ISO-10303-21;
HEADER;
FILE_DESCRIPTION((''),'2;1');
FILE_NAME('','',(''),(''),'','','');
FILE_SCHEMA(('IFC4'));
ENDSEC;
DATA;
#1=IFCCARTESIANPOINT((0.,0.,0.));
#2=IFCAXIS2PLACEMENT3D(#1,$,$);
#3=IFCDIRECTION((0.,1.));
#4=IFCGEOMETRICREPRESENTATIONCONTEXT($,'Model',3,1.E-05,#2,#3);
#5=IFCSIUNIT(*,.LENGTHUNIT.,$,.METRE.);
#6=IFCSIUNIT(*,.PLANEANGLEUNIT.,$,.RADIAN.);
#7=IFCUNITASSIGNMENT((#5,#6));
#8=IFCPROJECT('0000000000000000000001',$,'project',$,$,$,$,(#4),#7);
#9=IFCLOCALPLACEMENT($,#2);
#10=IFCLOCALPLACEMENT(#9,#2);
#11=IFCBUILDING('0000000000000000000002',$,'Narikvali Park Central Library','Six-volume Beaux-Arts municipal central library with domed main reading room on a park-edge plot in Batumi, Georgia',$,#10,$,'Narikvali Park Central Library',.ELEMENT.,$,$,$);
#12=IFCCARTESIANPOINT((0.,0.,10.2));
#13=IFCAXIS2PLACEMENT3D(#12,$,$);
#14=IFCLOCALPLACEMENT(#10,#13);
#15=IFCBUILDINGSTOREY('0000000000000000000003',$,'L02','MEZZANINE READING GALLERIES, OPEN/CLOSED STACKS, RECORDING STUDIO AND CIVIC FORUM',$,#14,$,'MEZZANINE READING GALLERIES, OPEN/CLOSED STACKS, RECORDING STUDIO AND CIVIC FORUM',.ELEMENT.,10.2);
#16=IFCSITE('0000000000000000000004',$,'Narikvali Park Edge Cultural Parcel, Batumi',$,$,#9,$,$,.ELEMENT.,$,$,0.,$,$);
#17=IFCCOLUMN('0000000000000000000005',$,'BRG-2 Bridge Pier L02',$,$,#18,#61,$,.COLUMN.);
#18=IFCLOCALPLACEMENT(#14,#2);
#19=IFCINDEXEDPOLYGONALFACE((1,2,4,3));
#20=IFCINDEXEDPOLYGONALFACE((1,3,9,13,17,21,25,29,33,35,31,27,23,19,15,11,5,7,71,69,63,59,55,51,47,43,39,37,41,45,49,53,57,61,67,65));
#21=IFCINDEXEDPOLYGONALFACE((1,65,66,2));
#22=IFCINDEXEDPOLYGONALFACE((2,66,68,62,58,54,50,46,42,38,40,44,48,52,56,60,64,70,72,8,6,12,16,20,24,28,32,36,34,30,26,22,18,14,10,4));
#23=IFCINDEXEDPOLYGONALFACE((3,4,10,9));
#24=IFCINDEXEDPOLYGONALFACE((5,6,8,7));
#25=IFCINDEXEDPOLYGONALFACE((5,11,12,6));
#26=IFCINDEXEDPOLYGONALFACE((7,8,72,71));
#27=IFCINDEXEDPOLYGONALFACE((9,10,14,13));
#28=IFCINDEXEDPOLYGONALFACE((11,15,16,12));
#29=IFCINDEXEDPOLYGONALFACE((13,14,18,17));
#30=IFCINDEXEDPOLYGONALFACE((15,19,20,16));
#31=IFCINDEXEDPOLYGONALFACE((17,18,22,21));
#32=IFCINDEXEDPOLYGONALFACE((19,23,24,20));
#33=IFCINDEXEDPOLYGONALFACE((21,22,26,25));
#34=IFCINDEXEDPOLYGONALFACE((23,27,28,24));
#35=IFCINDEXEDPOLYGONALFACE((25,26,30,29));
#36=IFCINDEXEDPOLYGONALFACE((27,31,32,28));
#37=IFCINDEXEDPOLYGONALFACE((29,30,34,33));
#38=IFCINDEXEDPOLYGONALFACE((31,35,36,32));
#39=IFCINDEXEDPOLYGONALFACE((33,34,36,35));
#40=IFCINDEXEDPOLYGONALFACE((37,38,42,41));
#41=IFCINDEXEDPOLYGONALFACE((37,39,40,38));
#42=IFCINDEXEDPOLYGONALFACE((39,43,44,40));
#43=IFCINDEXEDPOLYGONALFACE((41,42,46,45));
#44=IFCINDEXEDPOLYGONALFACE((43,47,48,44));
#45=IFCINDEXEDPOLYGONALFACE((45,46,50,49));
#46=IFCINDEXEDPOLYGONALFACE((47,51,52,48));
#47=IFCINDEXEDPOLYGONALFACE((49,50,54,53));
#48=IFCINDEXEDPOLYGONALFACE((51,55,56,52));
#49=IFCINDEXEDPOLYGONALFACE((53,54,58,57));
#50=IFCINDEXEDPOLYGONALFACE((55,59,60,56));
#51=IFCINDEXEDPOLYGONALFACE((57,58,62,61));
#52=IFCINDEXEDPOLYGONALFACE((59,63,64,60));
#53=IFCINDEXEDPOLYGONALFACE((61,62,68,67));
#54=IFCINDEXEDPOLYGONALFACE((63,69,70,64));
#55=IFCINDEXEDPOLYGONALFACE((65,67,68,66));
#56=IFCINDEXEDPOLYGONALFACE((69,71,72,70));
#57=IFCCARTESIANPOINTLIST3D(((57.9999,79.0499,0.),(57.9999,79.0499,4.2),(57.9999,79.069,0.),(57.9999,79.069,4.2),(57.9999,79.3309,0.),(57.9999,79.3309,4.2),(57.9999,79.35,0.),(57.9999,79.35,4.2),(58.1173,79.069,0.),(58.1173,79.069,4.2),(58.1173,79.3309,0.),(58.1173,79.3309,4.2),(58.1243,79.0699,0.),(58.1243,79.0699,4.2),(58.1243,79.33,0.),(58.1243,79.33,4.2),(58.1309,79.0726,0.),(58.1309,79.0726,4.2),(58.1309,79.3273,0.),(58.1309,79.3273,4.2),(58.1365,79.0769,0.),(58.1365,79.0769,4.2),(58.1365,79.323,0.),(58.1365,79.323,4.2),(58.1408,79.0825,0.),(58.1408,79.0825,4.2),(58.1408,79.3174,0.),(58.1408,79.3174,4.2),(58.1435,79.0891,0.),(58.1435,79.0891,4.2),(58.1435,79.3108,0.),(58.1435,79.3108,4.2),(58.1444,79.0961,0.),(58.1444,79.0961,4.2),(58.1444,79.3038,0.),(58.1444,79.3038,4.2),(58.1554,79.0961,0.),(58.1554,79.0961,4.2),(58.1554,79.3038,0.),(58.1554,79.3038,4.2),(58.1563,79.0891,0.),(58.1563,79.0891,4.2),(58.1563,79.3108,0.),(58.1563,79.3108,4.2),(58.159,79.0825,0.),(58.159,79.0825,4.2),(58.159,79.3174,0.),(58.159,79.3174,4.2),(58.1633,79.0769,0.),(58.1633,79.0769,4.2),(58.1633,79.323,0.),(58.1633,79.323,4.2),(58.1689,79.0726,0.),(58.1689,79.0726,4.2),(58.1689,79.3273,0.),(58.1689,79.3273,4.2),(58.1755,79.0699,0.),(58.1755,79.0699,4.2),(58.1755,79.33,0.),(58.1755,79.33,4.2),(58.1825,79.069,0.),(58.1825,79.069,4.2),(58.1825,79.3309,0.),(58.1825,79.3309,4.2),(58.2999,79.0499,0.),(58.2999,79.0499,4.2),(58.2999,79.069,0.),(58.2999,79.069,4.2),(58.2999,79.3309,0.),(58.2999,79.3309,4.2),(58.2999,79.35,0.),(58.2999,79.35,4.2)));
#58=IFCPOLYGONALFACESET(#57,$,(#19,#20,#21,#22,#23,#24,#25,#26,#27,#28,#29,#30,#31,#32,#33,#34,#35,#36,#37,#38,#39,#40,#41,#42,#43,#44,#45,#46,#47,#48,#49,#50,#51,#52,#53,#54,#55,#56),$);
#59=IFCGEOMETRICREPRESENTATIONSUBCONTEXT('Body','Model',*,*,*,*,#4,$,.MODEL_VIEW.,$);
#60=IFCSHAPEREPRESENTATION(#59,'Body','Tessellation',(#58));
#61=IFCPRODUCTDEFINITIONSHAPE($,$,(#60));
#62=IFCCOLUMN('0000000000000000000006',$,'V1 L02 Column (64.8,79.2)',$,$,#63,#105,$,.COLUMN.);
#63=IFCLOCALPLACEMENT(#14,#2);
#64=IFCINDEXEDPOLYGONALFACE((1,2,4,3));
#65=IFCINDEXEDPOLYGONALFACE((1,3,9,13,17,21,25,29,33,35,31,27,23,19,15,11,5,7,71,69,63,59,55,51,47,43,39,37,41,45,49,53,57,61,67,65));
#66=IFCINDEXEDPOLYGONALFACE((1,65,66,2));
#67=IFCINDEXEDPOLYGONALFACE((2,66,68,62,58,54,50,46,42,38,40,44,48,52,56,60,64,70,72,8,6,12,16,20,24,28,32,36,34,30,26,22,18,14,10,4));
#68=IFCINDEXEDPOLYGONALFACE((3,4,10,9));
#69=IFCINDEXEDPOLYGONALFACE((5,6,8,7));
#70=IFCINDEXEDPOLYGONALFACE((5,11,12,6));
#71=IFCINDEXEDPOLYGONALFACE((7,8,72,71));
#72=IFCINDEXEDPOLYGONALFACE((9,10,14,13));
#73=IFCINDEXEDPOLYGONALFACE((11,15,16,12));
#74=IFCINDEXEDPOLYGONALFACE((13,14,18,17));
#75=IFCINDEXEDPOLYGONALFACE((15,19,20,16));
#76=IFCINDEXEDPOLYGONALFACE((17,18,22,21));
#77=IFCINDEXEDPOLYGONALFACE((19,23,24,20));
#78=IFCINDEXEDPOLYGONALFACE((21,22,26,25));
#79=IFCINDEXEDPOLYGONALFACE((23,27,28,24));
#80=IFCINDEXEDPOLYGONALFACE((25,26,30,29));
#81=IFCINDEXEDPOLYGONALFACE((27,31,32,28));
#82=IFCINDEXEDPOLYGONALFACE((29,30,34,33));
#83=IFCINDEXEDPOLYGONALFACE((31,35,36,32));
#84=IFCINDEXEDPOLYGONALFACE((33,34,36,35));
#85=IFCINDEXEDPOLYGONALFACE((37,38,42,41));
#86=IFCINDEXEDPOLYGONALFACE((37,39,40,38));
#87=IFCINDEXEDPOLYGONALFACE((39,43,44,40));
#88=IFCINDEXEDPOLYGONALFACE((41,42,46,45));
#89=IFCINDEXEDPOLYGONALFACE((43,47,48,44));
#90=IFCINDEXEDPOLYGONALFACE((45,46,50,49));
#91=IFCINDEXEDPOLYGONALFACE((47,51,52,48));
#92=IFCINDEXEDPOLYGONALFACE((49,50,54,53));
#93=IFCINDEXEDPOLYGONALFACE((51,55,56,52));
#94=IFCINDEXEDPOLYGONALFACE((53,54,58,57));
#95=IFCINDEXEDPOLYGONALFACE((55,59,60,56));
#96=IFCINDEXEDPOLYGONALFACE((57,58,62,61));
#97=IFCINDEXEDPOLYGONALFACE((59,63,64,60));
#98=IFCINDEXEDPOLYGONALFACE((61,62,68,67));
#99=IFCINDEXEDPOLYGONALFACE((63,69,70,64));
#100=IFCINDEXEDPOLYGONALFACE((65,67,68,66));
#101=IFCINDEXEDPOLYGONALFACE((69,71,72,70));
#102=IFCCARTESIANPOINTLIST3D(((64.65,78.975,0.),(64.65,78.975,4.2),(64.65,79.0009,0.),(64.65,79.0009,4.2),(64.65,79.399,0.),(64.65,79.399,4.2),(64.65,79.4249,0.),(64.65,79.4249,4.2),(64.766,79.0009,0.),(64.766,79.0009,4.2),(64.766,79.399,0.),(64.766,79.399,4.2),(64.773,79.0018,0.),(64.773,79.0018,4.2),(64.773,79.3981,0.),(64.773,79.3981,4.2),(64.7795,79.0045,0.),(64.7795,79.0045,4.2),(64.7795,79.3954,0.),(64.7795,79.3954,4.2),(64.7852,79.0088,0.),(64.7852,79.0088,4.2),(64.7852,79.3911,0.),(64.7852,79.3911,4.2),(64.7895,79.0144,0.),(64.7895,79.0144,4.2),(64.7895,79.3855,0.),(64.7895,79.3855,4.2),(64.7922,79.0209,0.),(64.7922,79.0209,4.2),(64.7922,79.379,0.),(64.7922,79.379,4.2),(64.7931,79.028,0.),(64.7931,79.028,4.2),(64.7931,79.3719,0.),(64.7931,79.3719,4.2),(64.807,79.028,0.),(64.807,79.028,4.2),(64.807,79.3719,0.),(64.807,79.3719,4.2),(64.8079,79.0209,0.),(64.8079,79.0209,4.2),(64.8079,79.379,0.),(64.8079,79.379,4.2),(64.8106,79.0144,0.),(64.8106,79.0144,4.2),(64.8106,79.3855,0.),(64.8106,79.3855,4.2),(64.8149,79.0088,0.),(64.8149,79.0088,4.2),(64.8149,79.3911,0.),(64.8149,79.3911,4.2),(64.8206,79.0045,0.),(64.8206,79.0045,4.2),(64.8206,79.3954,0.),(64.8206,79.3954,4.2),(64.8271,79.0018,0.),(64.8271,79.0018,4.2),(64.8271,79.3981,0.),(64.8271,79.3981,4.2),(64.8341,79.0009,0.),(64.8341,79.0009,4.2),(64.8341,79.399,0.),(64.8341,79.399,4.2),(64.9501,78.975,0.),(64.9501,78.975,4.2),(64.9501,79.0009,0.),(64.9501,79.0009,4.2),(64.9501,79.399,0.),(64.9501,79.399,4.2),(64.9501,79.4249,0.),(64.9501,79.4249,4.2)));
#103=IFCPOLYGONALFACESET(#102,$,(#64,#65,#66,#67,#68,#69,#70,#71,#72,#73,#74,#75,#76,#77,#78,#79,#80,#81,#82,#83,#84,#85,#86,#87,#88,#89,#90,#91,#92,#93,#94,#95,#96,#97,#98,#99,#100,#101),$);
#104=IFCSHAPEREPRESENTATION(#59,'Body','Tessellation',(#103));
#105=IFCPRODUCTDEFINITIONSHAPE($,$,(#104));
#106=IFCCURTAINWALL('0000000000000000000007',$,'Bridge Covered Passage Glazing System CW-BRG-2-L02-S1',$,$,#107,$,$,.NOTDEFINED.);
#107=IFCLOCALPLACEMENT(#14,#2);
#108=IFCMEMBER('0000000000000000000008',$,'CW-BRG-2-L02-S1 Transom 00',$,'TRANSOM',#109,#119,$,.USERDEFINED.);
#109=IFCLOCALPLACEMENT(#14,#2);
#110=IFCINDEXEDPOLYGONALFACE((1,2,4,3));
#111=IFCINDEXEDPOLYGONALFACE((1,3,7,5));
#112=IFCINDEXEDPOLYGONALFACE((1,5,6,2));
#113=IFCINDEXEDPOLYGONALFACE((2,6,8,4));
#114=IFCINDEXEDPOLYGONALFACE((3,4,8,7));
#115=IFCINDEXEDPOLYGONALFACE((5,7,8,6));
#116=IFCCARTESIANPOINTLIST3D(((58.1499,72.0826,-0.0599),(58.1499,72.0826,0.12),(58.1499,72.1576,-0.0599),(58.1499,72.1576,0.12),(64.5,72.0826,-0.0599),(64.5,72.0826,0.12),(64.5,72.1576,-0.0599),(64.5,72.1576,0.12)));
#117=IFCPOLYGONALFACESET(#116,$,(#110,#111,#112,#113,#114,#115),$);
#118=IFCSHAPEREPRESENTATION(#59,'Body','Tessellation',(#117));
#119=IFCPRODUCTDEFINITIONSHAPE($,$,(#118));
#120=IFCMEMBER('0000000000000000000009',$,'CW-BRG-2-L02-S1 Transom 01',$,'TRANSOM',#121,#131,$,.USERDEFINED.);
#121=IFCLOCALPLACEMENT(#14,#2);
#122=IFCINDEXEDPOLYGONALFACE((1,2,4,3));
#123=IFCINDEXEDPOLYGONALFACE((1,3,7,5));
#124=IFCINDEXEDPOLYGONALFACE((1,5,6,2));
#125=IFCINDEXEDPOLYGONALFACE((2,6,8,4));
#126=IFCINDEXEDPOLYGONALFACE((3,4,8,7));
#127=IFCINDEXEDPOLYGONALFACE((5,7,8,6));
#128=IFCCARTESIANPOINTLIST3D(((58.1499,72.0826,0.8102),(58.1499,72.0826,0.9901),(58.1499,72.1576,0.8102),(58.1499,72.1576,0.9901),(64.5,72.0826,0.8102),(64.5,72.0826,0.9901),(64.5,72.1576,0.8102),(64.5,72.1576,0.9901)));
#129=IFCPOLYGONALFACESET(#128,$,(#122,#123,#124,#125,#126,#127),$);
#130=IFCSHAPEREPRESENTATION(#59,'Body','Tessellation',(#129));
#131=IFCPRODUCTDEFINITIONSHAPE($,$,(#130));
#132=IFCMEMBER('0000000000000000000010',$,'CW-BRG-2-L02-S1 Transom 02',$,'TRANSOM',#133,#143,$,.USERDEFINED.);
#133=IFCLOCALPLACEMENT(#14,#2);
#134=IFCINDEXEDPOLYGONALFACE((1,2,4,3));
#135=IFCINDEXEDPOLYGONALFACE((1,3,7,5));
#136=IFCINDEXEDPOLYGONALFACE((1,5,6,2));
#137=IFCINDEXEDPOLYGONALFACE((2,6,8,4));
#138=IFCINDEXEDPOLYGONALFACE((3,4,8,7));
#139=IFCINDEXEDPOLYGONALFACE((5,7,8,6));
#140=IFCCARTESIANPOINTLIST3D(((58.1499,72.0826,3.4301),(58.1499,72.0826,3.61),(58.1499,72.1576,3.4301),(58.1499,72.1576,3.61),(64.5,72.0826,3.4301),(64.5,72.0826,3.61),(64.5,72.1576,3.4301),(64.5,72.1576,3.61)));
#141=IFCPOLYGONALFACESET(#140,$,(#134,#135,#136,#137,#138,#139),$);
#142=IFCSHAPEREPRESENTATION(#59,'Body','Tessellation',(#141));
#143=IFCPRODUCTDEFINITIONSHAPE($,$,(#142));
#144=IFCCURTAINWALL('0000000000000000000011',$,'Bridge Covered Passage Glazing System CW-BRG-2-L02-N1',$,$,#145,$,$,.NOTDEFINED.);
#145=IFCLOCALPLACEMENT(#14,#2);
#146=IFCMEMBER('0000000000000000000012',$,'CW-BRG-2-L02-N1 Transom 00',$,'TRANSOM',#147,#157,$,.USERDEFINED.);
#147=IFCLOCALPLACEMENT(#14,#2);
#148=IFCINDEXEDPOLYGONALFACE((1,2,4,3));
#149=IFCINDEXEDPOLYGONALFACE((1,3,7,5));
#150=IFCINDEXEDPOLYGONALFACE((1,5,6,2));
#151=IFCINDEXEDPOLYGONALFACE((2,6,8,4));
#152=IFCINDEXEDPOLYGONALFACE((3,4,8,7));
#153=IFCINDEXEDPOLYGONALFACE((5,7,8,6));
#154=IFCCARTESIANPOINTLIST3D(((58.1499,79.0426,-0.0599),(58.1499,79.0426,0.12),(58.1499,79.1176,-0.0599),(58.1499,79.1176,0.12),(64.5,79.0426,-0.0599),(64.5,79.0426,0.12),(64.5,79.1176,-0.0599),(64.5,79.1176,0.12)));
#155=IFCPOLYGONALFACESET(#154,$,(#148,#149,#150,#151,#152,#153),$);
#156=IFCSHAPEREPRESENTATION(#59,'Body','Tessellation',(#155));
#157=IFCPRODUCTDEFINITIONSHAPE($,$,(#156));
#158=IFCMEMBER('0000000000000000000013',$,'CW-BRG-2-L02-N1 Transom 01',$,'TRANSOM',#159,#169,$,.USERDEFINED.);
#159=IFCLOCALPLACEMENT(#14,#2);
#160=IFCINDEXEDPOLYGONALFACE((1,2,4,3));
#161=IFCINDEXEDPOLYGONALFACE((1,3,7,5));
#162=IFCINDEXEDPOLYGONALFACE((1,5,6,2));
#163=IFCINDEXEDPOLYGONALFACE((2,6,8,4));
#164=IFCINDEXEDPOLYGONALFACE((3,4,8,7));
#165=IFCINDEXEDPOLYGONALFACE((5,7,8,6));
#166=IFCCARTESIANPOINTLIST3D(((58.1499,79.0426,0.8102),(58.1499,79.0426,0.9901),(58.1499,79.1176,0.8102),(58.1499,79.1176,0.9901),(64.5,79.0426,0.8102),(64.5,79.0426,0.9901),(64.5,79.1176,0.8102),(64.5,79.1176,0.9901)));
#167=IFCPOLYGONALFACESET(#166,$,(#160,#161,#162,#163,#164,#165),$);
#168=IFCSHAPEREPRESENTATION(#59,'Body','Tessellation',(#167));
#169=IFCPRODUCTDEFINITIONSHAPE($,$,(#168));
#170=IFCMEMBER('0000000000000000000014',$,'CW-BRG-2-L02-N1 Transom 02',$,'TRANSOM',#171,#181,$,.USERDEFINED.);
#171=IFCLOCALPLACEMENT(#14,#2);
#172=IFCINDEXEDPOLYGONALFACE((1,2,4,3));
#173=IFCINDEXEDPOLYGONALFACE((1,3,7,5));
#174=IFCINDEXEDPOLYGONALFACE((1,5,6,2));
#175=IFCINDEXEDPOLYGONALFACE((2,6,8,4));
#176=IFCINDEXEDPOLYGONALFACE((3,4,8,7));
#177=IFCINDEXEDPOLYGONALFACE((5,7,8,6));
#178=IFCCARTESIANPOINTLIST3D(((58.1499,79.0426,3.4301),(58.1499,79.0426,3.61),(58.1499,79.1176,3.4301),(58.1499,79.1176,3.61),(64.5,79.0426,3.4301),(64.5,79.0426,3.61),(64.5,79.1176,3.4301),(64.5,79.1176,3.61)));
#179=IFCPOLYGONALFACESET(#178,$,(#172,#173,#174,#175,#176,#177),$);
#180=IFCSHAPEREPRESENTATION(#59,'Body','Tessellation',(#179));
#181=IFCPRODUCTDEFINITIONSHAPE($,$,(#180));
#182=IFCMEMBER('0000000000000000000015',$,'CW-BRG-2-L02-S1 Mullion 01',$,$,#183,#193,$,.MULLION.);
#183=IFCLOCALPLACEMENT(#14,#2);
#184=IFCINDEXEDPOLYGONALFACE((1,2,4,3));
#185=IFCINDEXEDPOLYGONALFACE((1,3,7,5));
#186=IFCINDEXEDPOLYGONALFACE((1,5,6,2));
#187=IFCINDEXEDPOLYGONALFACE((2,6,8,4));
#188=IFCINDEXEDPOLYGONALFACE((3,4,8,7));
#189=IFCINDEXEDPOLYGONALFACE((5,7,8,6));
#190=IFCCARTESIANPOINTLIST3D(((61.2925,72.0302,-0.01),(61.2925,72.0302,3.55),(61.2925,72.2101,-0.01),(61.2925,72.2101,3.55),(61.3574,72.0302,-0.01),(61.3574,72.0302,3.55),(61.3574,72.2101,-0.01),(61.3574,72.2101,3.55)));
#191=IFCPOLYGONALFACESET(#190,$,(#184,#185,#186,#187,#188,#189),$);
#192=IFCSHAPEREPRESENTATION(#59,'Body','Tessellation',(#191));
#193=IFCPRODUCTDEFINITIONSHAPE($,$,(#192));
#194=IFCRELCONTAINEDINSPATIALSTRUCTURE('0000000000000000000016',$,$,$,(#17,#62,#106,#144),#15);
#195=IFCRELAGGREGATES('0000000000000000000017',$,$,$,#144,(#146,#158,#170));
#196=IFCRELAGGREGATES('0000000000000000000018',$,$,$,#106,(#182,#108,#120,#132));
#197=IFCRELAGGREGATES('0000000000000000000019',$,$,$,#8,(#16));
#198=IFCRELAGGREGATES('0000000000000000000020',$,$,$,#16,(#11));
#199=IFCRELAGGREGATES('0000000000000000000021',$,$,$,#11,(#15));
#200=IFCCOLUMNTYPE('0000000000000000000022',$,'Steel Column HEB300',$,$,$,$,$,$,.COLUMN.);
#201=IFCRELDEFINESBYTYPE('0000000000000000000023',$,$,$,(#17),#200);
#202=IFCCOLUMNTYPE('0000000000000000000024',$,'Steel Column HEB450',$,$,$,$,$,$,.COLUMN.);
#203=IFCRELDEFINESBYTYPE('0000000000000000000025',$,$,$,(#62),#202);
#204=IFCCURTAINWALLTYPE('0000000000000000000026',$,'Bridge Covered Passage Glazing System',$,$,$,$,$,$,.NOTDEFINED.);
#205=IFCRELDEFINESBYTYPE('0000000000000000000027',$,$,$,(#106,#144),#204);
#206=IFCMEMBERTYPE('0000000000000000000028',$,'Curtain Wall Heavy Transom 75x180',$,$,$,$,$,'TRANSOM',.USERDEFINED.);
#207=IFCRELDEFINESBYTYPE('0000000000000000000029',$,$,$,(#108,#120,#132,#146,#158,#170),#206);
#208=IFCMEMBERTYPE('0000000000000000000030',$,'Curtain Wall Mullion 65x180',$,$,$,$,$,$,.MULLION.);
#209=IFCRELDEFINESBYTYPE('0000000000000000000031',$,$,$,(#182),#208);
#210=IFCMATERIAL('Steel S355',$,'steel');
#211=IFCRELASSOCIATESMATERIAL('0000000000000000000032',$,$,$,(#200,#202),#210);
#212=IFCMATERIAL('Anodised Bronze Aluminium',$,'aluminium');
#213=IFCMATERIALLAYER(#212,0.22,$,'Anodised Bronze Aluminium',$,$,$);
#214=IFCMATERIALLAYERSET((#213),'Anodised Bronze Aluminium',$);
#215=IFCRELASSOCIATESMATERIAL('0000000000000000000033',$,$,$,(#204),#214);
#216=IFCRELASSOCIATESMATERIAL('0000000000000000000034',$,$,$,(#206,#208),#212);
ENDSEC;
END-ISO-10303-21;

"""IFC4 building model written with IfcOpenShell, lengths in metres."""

from ifc_helpers import new_model, si_unit, direction, frame, origin, origin_2d, place, context, subcontext, project, spatial, rectangle, i_section, extrude, material, layer, layer_set, material_profile, profile_set, type_object, element, aggregate, save


model = new_model("IFC4")

# Units and contexts
model_context = context("Model", 3, precision=1e-05, world=origin(), true_north=direction((0.0, 1.0)))
body_context = subcontext(model_context, "Body", "Model", "MODEL_VIEW")
ifc_project = project(units=[si_unit("LENGTHUNIT", "METRE"), si_unit("PLANEANGLEUNIT", "RADIAN")], contexts=[model_context])

# Site, building, storey
site_placement = place(None, origin())
site = spatial("IfcSite", under=ifc_project, at=site_placement, Name="Narikvali Park Edge Cultural Parcel, Batumi", CompositionType="ELEMENT", RefElevation=0.0)
building_placement = place(site_placement, origin())
building = spatial("IfcBuilding", under=site, at=building_placement, Name="Narikvali Park Central Library", Description="Six-volume Beaux-Arts municipal central library with domed main reading room on a park-edge plot in Batumi, Georgia", LongName="Narikvali Park Central Library", CompositionType="ELEMENT")
storey_placement = place(building_placement, frame((0.0, 0.0, 10.2)))
storey = spatial("IfcBuildingStorey", under=building, at=storey_placement, Name="L02", Description="MEZZANINE READING GALLERIES, OPEN/CLOSED STACKS, RECORDING STUDIO AND CIVIC FORUM", LongName="MEZZANINE READING GALLERIES, OPEN/CLOSED STACKS, RECORDING STUDIO AND CIVIC FORUM", CompositionType="ELEMENT", Elevation=10.2)

# Columns
ifc_material_1 = material(Name="Steel S355", Category="steel")
ifc_material_profile_1 = material_profile(ifc_material_1, i_section(OverallWidth=0.3, OverallDepth=0.3, WebThickness=0.011, FlangeThickness=0.019, FilletRadius=0.0271, at=origin_2d()), Name="HEB 300")
ifc_profile_set_1 = profile_set([ifc_material_profile_1], Name="Steel S355")
column_type_1 = type_object("IfcColumnType", Name="Steel Column HEB300", PredefinedType="COLUMN", material=ifc_profile_set_1)
column_1_placement = place(storey_placement, frame((58.1499, 79.2, 0.0), z_axis=(0.0, 0.0, 1.0), x_axis=(1.0, 0.0, 0.0)))
element("IfcColumn", 1, at=column_1_placement, inside=storey, type_object=column_type_1, Name="BRG-2 Bridge Pier L02", PredefinedType="COLUMN", context=body_context, shape_type="SweptSolid", body=[
    extrude(i_section(OverallWidth=0.3, OverallDepth=0.3, WebThickness=0.011, FlangeThickness=0.019, FilletRadius=0.0271, at=origin_2d()), origin(), (0.0, 0.0, 1.0), 4.2),
])
ifc_material_profile_2 = material_profile(ifc_material_1, i_section(OverallWidth=0.3, OverallDepth=0.45, WebThickness=0.0139, FlangeThickness=0.0259, FilletRadius=0.0271, at=origin_2d()), Name="HEB 450")
ifc_profile_set_2 = profile_set([ifc_material_profile_2], Name="Steel S355")
column_type_2 = type_object("IfcColumnType", Name="Steel Column HEB450", PredefinedType="COLUMN", material=ifc_profile_set_2)
column_2_placement = place(storey_placement, frame((64.8, 79.2, 0.0), z_axis=(0.0, 0.0, 1.0), x_axis=(1.0, 0.0, 0.0)))
element("IfcColumn", 2, at=column_2_placement, inside=storey, type_object=column_type_2, Name="V1 L02 Column (64.8,79.2)", PredefinedType="COLUMN", context=body_context, shape_type="SweptSolid", body=[
    extrude(i_section(OverallWidth=0.3, OverallDepth=0.45, WebThickness=0.0139, FlangeThickness=0.0259, FilletRadius=0.0271, at=origin_2d()), origin(), (0.0, 0.0, 1.0), 4.2),
])

# Curtain walls, members
ifc_material_2 = material(Name="Anodised Bronze Aluminium", Category="aluminium")
ifc_layer_1 = layer(ifc_material_2, 0.22, Name="Anodised Bronze Aluminium")
ifc_layer_set_1 = layer_set([ifc_layer_1], Name="Anodised Bronze Aluminium")
curtain_wall_type = type_object("IfcCurtainWallType", Name="Bridge Covered Passage Glazing System", PredefinedType="NOTDEFINED", material=ifc_layer_set_1)
curtain_wall_1_placement = place(storey_placement, origin())
curtain_wall_1 = element("IfcCurtainWall", 3, at=curtain_wall_1_placement, inside=storey, type_object=curtain_wall_type, Name="Bridge Covered Passage Glazing System CW-BRG-2-L02-S1", PredefinedType="NOTDEFINED")
ifc_material_profile_3 = material_profile(ifc_material_2, rectangle(XDim=0.075, YDim=0.1799, at=origin_2d()), Name="CW TRANSOM 75x180")
ifc_profile_set_3 = profile_set([ifc_material_profile_3], Name="Anodised Bronze Aluminium")
member_type_1 = type_object("IfcMemberType", Name="Curtain Wall Heavy Transom 75x180", ElementType="TRANSOM", PredefinedType="USERDEFINED", material=ifc_profile_set_3)
member_1_placement = place(storey_placement, frame((58.1499, 72.1201, 0.03), z_axis=(1.0, 0.0, 0.0), x_axis=(0.0, 1.0, 0.0)))
member_1 = element("IfcMember", 4, at=member_1_placement, type_object=member_type_1, Name="CW-BRG-2-L02-S1 Transom 00", ObjectType="TRANSOM", PredefinedType="USERDEFINED", context=body_context, shape_type="SweptSolid", body=[
    extrude(rectangle(XDim=0.075, YDim=0.1799, at=origin_2d()), origin(), (0.0, 0.0, 1.0), 6.3501),
])
member_2_placement = place(storey_placement, frame((58.1499, 72.1201, 0.9001), z_axis=(1.0, 0.0, 0.0), x_axis=(0.0, 1.0, 0.0)))
member_2 = element("IfcMember", 5, at=member_2_placement, type_object=member_type_1, Name="CW-BRG-2-L02-S1 Transom 01", ObjectType="TRANSOM", PredefinedType="USERDEFINED", context=body_context, shape_type="SweptSolid", body=[
    extrude(rectangle(XDim=0.075, YDim=0.1799, at=origin_2d()), origin(), (0.0, 0.0, 1.0), 6.3501),
])
member_3_placement = place(storey_placement, frame((58.1499, 72.1201, 3.52), z_axis=(1.0, 0.0, 0.0), x_axis=(0.0, 1.0, 0.0)))
member_3 = element("IfcMember", 6, at=member_3_placement, type_object=member_type_1, Name="CW-BRG-2-L02-S1 Transom 02", ObjectType="TRANSOM", PredefinedType="USERDEFINED", context=body_context, shape_type="SweptSolid", body=[
    extrude(rectangle(XDim=0.075, YDim=0.1799, at=origin_2d()), origin(), (0.0, 0.0, 1.0), 6.3501),
])
curtain_wall_2_placement = place(storey_placement, origin())
curtain_wall_2 = element("IfcCurtainWall", 7, at=curtain_wall_2_placement, inside=storey, type_object=curtain_wall_type, Name="Bridge Covered Passage Glazing System CW-BRG-2-L02-N1", PredefinedType="NOTDEFINED")
member_4_placement = place(storey_placement, frame((58.1499, 79.0801, 0.03), z_axis=(1.0, 0.0, 0.0), x_axis=(0.0, 1.0, 0.0)))
member_4 = element("IfcMember", 8, at=member_4_placement, type_object=member_type_1, Name="CW-BRG-2-L02-N1 Transom 00", ObjectType="TRANSOM", PredefinedType="USERDEFINED", context=body_context, shape_type="SweptSolid", body=[
    extrude(rectangle(XDim=0.075, YDim=0.1799, at=origin_2d()), origin(), (0.0, 0.0, 1.0), 6.3501),
])
member_5_placement = place(storey_placement, frame((58.1499, 79.0801, 0.9001), z_axis=(1.0, 0.0, 0.0), x_axis=(0.0, 1.0, 0.0)))
member_5 = element("IfcMember", 9, at=member_5_placement, type_object=member_type_1, Name="CW-BRG-2-L02-N1 Transom 01", ObjectType="TRANSOM", PredefinedType="USERDEFINED", context=body_context, shape_type="SweptSolid", body=[
    extrude(rectangle(XDim=0.075, YDim=0.1799, at=origin_2d()), origin(), (0.0, 0.0, 1.0), 6.3501),
])
member_6_placement = place(storey_placement, frame((58.1499, 79.0801, 3.52), z_axis=(1.0, 0.0, 0.0), x_axis=(0.0, 1.0, 0.0)))
member_6 = element("IfcMember", 10, at=member_6_placement, type_object=member_type_1, Name="CW-BRG-2-L02-N1 Transom 02", ObjectType="TRANSOM", PredefinedType="USERDEFINED", context=body_context, shape_type="SweptSolid", body=[
    extrude(rectangle(XDim=0.075, YDim=0.1799, at=origin_2d()), origin(), (0.0, 0.0, 1.0), 6.3501),
])

# Member
ifc_material_profile_4 = material_profile(ifc_material_2, rectangle(XDim=0.0649, YDim=0.1799, at=origin_2d()), Name="CW MULLION 65x180")
ifc_profile_set_4 = profile_set([ifc_material_profile_4], Name="Anodised Bronze Aluminium")
member_type_2 = type_object("IfcMemberType", Name="Curtain Wall Mullion 65x180", PredefinedType="MULLION", material=ifc_profile_set_4)
member_7_placement = place(storey_placement, frame((61.325, 72.1201, -0.01), z_axis=(0.0, 0.0, 1.0), x_axis=(1.0, 0.0, 0.0)))
member_7 = element("IfcMember", 11, at=member_7_placement, type_object=member_type_2, Name="CW-BRG-2-L02-S1 Mullion 01", PredefinedType="MULLION", context=body_context, shape_type="SweptSolid", body=[
    extrude(rectangle(XDim=0.0649, YDim=0.1799, at=origin_2d()), origin(), (0.0, 0.0, 1.0), 3.5601),
])

aggregate(curtain_wall_2, [member_4, member_5, member_6])
aggregate(curtain_wall_1, [member_7, member_1, member_2, member_3])

save(model, "model.ifc")
